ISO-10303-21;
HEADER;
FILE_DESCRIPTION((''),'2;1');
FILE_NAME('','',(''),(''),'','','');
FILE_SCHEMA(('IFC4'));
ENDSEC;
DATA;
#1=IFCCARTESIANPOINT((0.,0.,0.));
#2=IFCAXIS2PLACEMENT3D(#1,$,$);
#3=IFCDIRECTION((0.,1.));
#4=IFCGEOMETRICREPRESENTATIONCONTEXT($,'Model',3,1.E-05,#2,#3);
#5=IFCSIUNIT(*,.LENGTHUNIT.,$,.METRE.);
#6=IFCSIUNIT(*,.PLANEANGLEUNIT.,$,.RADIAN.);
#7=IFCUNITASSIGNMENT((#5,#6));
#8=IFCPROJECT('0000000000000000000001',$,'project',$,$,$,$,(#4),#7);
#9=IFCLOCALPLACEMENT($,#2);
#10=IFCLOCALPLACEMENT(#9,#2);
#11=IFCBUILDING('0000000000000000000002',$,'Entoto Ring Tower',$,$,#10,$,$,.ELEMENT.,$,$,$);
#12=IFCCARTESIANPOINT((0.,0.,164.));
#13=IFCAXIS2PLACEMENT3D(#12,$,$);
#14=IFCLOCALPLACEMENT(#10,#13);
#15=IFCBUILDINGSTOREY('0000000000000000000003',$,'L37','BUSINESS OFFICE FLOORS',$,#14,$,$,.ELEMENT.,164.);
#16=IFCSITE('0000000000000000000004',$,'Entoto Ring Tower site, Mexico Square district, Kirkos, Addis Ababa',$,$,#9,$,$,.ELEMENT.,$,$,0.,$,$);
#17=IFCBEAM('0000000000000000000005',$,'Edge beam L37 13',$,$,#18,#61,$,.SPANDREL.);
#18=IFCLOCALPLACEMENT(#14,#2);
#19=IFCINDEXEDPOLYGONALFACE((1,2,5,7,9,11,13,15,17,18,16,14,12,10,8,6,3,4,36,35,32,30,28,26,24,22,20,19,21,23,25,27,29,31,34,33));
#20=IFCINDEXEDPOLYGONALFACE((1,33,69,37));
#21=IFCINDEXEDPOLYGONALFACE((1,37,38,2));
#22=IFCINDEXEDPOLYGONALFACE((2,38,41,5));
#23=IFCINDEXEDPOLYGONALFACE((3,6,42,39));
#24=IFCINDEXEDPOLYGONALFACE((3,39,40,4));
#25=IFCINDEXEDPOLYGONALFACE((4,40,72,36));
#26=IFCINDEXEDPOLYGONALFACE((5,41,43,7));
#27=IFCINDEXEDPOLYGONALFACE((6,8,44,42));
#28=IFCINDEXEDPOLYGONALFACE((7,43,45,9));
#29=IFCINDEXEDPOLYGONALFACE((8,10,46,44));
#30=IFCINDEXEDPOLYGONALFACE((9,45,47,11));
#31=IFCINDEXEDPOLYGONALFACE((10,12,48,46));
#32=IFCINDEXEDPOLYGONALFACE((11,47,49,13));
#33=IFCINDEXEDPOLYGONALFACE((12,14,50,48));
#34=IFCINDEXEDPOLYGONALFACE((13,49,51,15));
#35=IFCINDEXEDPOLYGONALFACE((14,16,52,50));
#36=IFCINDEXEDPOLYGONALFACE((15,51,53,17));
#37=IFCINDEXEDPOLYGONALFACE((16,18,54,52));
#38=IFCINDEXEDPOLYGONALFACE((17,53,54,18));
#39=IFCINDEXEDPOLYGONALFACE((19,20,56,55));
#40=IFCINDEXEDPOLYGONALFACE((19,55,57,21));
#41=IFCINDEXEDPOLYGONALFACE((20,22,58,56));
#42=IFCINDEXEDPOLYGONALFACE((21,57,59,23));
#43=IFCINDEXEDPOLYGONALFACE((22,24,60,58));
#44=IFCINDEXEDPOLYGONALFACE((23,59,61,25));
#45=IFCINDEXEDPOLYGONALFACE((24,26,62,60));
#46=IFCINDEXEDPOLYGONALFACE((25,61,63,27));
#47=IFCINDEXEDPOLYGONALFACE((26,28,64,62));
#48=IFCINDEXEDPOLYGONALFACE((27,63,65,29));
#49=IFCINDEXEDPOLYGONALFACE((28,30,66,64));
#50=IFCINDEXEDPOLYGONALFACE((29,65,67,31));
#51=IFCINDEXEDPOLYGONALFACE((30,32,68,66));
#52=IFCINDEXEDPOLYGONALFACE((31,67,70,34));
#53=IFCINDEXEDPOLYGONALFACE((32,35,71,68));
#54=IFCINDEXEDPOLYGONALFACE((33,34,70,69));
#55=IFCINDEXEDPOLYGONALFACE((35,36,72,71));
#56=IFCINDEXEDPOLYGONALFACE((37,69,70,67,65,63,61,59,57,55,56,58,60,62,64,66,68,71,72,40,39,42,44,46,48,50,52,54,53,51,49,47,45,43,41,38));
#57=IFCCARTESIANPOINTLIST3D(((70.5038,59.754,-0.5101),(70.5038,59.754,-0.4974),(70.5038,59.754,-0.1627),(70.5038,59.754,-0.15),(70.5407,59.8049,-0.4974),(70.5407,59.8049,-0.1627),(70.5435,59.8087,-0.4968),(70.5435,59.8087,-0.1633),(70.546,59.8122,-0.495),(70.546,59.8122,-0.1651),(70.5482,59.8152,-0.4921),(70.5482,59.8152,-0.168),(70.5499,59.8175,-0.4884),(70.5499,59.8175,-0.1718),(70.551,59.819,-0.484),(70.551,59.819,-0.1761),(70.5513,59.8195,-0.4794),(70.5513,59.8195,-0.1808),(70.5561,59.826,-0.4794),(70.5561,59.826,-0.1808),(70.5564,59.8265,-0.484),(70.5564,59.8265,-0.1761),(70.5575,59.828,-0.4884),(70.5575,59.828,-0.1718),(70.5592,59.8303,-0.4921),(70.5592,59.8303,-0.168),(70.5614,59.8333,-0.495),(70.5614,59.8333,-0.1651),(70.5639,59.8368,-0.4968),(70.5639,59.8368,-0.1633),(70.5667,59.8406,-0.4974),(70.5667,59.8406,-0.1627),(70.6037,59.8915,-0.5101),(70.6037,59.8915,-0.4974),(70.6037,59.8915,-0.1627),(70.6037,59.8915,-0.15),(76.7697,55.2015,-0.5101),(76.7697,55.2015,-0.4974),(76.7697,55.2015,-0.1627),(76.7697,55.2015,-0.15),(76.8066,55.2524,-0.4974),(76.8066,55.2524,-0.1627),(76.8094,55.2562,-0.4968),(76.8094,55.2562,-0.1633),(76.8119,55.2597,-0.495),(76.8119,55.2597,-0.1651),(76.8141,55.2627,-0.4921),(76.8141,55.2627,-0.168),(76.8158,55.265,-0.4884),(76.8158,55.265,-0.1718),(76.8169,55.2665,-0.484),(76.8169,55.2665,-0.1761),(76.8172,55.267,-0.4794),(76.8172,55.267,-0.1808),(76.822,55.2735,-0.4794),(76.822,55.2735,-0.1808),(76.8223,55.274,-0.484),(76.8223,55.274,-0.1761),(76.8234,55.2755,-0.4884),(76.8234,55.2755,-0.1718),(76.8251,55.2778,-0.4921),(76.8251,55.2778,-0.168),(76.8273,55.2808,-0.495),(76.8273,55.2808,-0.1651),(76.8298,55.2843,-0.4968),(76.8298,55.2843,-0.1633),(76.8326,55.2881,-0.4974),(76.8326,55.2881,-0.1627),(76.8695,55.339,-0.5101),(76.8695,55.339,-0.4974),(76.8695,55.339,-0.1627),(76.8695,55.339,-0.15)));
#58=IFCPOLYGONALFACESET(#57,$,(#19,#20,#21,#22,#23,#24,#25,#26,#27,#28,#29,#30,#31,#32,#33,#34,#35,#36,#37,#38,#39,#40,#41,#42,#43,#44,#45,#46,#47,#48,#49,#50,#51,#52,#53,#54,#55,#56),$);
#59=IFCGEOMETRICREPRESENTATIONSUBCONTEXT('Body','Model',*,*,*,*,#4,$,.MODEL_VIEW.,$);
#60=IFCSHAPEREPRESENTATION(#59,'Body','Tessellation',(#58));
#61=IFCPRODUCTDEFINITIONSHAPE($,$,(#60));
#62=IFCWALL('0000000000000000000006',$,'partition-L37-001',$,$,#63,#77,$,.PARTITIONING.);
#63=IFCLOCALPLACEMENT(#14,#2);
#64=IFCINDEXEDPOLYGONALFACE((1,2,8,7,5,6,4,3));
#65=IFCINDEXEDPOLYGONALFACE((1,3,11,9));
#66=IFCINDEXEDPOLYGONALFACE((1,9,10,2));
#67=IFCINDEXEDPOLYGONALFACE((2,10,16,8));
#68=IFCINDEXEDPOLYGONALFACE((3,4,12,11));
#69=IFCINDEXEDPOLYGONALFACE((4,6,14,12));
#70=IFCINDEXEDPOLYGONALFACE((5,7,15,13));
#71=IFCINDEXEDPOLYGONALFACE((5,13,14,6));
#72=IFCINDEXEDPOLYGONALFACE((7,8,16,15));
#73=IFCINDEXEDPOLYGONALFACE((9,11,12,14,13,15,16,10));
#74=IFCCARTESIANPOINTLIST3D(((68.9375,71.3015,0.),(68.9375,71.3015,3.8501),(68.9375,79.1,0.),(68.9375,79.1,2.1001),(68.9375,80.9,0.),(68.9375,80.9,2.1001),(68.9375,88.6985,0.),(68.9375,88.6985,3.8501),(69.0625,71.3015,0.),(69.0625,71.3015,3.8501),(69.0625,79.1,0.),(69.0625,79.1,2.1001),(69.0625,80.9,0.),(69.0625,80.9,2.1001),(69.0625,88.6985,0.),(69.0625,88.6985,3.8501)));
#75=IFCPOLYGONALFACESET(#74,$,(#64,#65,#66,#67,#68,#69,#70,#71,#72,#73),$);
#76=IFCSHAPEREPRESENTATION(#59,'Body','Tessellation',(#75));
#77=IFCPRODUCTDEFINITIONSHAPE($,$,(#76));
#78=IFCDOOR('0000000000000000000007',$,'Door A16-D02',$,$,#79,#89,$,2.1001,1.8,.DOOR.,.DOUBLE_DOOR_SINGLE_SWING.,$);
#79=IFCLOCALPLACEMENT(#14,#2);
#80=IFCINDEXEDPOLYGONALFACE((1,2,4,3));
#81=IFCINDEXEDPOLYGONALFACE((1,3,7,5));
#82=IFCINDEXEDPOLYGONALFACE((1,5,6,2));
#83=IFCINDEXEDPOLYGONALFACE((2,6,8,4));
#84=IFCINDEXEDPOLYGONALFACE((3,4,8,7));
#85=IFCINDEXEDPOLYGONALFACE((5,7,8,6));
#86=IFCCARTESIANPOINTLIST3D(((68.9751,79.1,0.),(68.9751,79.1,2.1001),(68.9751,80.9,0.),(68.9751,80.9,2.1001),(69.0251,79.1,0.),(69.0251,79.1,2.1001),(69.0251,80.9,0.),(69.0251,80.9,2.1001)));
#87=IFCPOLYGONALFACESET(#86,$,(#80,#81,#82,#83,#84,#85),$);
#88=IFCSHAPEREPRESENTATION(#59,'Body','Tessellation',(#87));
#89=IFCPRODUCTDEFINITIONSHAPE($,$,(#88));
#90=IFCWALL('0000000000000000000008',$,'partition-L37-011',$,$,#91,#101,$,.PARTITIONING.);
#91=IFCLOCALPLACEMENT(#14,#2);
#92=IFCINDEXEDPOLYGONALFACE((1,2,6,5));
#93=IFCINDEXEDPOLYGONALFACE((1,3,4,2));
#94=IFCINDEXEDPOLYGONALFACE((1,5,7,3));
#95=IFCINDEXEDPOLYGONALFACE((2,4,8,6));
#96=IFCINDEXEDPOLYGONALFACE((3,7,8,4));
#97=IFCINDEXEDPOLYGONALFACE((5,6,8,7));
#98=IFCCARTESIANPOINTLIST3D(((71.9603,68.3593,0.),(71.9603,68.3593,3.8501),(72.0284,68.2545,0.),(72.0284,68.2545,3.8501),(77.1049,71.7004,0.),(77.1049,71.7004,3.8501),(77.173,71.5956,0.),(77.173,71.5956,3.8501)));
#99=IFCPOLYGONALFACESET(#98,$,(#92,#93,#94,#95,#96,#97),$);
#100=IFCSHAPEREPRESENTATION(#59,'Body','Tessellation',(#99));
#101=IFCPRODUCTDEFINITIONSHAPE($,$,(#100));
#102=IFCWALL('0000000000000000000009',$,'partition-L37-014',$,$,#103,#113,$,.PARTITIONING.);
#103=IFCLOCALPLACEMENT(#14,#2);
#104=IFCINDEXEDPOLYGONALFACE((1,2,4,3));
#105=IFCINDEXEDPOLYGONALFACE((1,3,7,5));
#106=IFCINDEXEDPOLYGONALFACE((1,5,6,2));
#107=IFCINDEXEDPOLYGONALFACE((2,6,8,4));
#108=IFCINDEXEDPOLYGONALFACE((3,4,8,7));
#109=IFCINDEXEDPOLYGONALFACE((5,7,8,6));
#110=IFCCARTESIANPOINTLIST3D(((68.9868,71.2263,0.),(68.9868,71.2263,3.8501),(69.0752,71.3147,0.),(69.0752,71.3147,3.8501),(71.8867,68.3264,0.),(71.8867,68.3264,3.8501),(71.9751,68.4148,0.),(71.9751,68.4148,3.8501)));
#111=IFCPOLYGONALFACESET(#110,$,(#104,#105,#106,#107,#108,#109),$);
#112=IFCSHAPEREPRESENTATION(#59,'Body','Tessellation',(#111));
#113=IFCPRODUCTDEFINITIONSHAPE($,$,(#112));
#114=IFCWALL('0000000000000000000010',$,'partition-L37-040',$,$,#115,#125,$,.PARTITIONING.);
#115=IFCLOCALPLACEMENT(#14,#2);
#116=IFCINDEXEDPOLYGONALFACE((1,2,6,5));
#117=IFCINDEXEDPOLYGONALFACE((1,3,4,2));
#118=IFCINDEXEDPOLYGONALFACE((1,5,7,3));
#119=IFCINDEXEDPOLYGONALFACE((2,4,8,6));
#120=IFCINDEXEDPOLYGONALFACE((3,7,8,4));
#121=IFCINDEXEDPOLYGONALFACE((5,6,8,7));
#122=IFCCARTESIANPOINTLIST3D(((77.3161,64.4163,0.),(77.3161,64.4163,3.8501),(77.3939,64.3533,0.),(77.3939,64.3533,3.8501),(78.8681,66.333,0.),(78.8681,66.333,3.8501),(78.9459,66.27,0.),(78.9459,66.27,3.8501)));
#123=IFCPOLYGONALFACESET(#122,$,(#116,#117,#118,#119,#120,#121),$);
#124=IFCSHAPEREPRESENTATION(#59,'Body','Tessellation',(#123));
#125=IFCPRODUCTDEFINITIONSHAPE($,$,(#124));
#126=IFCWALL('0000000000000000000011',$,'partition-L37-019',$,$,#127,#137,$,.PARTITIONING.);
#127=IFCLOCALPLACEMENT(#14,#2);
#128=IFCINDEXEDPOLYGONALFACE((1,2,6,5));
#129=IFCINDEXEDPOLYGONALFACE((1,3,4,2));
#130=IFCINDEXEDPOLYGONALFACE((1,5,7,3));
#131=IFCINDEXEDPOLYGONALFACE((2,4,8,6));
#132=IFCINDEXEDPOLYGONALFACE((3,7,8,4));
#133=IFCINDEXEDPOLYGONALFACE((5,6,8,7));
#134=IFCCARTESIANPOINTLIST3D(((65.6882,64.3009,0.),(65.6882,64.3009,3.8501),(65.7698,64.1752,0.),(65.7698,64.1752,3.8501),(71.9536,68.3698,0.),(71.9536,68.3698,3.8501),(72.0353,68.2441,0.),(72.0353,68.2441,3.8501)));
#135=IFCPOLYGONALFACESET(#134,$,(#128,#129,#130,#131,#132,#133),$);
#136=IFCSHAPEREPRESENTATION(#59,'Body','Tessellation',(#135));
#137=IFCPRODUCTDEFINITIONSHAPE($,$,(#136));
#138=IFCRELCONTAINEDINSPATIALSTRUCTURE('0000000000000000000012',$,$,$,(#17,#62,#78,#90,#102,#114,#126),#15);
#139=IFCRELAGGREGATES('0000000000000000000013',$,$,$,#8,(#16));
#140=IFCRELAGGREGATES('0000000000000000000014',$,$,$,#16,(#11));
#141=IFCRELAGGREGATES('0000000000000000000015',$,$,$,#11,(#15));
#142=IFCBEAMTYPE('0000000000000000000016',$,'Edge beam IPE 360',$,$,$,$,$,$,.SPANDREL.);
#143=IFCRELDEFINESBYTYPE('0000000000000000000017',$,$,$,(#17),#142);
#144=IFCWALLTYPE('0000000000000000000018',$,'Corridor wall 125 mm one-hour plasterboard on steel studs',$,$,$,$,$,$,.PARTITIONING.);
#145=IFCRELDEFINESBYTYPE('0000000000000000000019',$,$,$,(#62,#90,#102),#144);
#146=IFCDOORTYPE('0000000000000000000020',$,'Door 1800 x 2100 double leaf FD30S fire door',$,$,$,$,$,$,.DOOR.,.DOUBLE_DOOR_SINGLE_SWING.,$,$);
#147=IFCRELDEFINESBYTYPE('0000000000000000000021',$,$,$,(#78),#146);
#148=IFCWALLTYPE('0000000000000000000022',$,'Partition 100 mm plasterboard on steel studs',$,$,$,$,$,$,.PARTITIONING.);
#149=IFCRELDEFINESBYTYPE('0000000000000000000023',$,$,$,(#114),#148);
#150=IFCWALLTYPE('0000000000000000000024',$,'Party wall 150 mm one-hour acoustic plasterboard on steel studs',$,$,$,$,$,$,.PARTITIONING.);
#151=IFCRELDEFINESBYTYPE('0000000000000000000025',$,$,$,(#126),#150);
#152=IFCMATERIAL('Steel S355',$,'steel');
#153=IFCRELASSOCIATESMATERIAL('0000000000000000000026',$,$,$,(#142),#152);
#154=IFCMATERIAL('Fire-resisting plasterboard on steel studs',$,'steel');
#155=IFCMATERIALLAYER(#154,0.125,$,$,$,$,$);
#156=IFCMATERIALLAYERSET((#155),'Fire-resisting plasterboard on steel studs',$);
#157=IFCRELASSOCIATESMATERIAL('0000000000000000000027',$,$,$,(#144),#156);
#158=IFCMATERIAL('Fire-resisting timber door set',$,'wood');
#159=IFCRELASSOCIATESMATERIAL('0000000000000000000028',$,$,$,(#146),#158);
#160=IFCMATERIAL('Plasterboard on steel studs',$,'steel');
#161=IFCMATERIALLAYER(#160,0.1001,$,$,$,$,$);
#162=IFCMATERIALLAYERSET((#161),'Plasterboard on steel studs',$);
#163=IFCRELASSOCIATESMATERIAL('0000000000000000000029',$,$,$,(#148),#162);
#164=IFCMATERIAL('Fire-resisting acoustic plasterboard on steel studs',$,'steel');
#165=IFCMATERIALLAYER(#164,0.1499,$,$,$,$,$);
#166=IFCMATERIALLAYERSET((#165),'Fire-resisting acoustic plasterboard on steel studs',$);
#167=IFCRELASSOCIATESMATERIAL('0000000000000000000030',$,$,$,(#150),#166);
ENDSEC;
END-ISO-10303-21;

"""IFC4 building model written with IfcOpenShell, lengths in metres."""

from ifc_helpers import new_model, si_unit, direction, frame, frame_2d, origin, origin_2d, place, context, subcontext, project, spatial, rectangle, i_section, extrude, material, layer, layer_set, material_profile, profile_set, type_object, element, fill, save


model = new_model("IFC4")

# Units and contexts
model_context = context("Model", 3, precision=1e-05, world=origin(), true_north=direction((0.0, 1.0)))
body_context = subcontext(model_context, "Body", "Model", "MODEL_VIEW")
ifc_project = project(units=[si_unit("LENGTHUNIT", "METRE"), si_unit("PLANEANGLEUNIT", "RADIAN")], contexts=[model_context])

# Site, building, storey
site_placement = place(None, origin())
site = spatial("IfcSite", under=ifc_project, at=site_placement, Name="Entoto Ring Tower site, Mexico Square district, Kirkos, Addis Ababa", CompositionType="ELEMENT", RefElevation=0.0)
building_placement = place(site_placement, origin())
building = spatial("IfcBuilding", under=site, at=building_placement, Name="Entoto Ring Tower", CompositionType="ELEMENT")
storey_placement = place(building_placement, frame((0.0, 0.0, 164.0)))
storey = spatial("IfcBuildingStorey", under=building, at=storey_placement, Name="L37", Description="BUSINESS OFFICE FLOORS", CompositionType="ELEMENT", Elevation=164.0)

# Beam
ifc_material_1 = material(Name="Steel S355", Category="steel")
ifc_material_profile_1 = material_profile(ifc_material_1, i_section(OverallWidth=0.1699, OverallDepth=0.3601, WebThickness=0.0081, FlangeThickness=0.0127, FilletRadius=0.0181, at=origin_2d()), Name="IPE 360")
ifc_profile_set_1 = profile_set([ifc_material_profile_1], Name="Steel S355")
beam_type = type_object("IfcBeamType", Name="Edge beam IPE 360", PredefinedType="SPANDREL", material=ifc_profile_set_1)
for number, where, z_axis, x_axis, name in (
    (1, (70.5537, 59.8228, -0.3301), (0.809013, -0.587791, 0.0), (0.587791, 0.809013, 0.0), "Edge beam L37 13"),
):
    element("IfcBeam", number, at=place(storey_placement, frame(where, z_axis=z_axis, x_axis=x_axis)), inside=storey, type_object=beam_type, Name=name, PredefinedType="SPANDREL", context=body_context, shape_type="SweptSolid", body=[
        extrude(i_section(OverallWidth=0.1699, OverallDepth=0.3601, WebThickness=0.0081, FlangeThickness=0.0127, FilletRadius=0.0181, at=origin_2d()), origin(), (0.0, 0.0, 1.0), 7.7451),
    ])

# Wall, opening, door
ifc_material_2 = material(Name="Fire-resisting plasterboard on steel studs", Category="steel")
ifc_layer_1 = layer(ifc_material_2, 0.125)
ifc_layer_set_1 = layer_set([ifc_layer_1], Name="Fire-resisting plasterboard on steel studs")
wall_type_1 = type_object("IfcWallType", Name="Corridor wall 125 mm one-hour plasterboard on steel studs", PredefinedType="PARTITIONING", material=ifc_layer_set_1)
wall_1_placement = place(storey_placement, frame((69.0, 71.3015, 0.0), z_axis=(0.0, 0.0, 1.0), x_axis=(0.0, 1.0, 0.0)))
wall_1 = element("IfcWall", 2, at=wall_1_placement, inside=storey, type_object=wall_type_1, Name="partition-L37-001", PredefinedType="PARTITIONING", context=body_context, shape_type="SweptSolid", body=[
    extrude(rectangle(XDim=17.397, YDim=0.125, at=frame_2d((8.6985, 0.0))), origin(), (0.0, 0.0, 1.0), 3.8501),
])
opening_placement = place(wall_1_placement, frame((7.7986, 0.0, 0.0)))
opening = element("IfcOpeningElement", 3, at=opening_placement, cuts=wall_1, PredefinedType="OPENING", context=body_context, shape_type="SweptSolid", body=[
    extrude(rectangle(XDim=1.8, YDim=2.1001, at=frame_2d((0.8999, 1.05))), frame((0.0, 0.0725, 0.0), z_axis=(0.0, -1.0, 0.0), x_axis=(1.0, 0.0, 0.0)), (0.0, 0.0, 1.0), 0.145),
])
ifc_material_3 = material(Name="Fire-resisting timber door set", Category="wood")
door_type = type_object("IfcDoorType", Name="Door 1800 x 2100 double leaf FD30S fire door", OperationType="DOUBLE_DOOR_SINGLE_SWING", PredefinedType="DOOR", material=ifc_material_3)
door_placement = place(opening_placement, origin())
door = element("IfcDoor", 4, at=door_placement, inside=storey, type_object=door_type, Name="Door A16-D02", OperationType="DOUBLE_DOOR_SINGLE_SWING", OverallHeight=2.1001, OverallWidth=1.8, PredefinedType="DOOR", context=body_context, shape_type="SweptSolid", body=[
    extrude(rectangle(XDim=1.8, YDim=2.1001, at=frame_2d((0.8999, 1.05))), frame((0.0, 0.0249, 0.0), z_axis=(0.0, -1.0, 0.0), x_axis=(1.0, 0.0, 0.0)), (0.0, 0.0, 1.0), 0.05),
])
fill(opening, door)

# Walls
wall_2_placement = place(storey_placement, frame((71.9944, 68.3069, 0.0), z_axis=(0.0, 0.0, 1.0), x_axis=(0.838658, 0.544658, 0.0)))
element("IfcWall", 5, at=wall_2_placement, inside=storey, type_object=wall_type_1, Name="partition-L37-011", PredefinedType="PARTITIONING", context=body_context, shape_type="SweptSolid", body=[
    extrude(rectangle(XDim=6.1343, YDim=0.125, at=frame_2d((3.0671, 0.0))), origin(), (0.0, 0.0, 1.0), 3.8501),
])
wall_3_placement = place(storey_placement, frame((71.9309, 68.3706, 0.0), z_axis=(0.0, 0.0, 1.0), x_axis=(-0.707107, 0.707107, 0.0)))
element("IfcWall", 6, at=wall_3_placement, inside=storey, type_object=wall_type_1, Name="partition-L37-014", PredefinedType="PARTITIONING", context=body_context, shape_type="SweptSolid", body=[
    extrude(rectangle(XDim=4.1011, YDim=0.125, at=frame_2d((2.0505, 0.0))), origin(), (0.0, 0.0, 1.0), 3.8501),
])
ifc_material_4 = material(Name="Plasterboard on steel studs", Category="steel")
ifc_layer_2 = layer(ifc_material_4, 0.1001)
ifc_layer_set_2 = layer_set([ifc_layer_2], Name="Plasterboard on steel studs")
wall_type_2 = type_object("IfcWallType", Name="Partition 100 mm plasterboard on steel studs", PredefinedType="PARTITIONING", material=ifc_layer_set_2)
wall_4_placement = place(storey_placement, frame((77.355, 64.3848, 0.0), z_axis=(0.0, 0.0, 1.0), x_axis=(0.629284, 0.777176, 0.0)))
element("IfcWall", 7, at=wall_4_placement, inside=storey, type_object=wall_type_2, Name="partition-L37-040", PredefinedType="PARTITIONING", context=body_context, shape_type="SweptSolid", body=[
    extrude(rectangle(XDim=2.4663, YDim=0.1001, at=frame_2d((1.2332, 0.0))), origin(), (0.0, 0.0, 1.0), 3.8501),
])
ifc_material_5 = material(Name="Fire-resisting acoustic plasterboard on steel studs", Category="steel")
ifc_layer_3 = layer(ifc_material_5, 0.1499)
ifc_layer_set_3 = layer_set([ifc_layer_3], Name="Fire-resisting acoustic plasterboard on steel studs")
wall_type_3 = type_object("IfcWallType", Name="Party wall 150 mm one-hour acoustic plasterboard on steel studs", PredefinedType="PARTITIONING", material=ifc_layer_set_3)
wall_5_placement = place(storey_placement, frame((65.729, 64.238, 0.0), z_axis=(0.0, 0.0, 1.0), x_axis=(0.838667, 0.544645, 0.0)))
element("IfcWall", 8, at=wall_5_placement, inside=storey, type_object=wall_type_3, Name="partition-L37-019", PredefinedType="PARTITIONING", context=body_context, shape_type="SweptSolid", body=[
    extrude(rectangle(XDim=7.4707, YDim=0.1499, at=frame_2d((3.7354, 0.0))), origin(), (0.0, 0.0, 1.0), 3.8501),
])

save(model, "model.ifc")
